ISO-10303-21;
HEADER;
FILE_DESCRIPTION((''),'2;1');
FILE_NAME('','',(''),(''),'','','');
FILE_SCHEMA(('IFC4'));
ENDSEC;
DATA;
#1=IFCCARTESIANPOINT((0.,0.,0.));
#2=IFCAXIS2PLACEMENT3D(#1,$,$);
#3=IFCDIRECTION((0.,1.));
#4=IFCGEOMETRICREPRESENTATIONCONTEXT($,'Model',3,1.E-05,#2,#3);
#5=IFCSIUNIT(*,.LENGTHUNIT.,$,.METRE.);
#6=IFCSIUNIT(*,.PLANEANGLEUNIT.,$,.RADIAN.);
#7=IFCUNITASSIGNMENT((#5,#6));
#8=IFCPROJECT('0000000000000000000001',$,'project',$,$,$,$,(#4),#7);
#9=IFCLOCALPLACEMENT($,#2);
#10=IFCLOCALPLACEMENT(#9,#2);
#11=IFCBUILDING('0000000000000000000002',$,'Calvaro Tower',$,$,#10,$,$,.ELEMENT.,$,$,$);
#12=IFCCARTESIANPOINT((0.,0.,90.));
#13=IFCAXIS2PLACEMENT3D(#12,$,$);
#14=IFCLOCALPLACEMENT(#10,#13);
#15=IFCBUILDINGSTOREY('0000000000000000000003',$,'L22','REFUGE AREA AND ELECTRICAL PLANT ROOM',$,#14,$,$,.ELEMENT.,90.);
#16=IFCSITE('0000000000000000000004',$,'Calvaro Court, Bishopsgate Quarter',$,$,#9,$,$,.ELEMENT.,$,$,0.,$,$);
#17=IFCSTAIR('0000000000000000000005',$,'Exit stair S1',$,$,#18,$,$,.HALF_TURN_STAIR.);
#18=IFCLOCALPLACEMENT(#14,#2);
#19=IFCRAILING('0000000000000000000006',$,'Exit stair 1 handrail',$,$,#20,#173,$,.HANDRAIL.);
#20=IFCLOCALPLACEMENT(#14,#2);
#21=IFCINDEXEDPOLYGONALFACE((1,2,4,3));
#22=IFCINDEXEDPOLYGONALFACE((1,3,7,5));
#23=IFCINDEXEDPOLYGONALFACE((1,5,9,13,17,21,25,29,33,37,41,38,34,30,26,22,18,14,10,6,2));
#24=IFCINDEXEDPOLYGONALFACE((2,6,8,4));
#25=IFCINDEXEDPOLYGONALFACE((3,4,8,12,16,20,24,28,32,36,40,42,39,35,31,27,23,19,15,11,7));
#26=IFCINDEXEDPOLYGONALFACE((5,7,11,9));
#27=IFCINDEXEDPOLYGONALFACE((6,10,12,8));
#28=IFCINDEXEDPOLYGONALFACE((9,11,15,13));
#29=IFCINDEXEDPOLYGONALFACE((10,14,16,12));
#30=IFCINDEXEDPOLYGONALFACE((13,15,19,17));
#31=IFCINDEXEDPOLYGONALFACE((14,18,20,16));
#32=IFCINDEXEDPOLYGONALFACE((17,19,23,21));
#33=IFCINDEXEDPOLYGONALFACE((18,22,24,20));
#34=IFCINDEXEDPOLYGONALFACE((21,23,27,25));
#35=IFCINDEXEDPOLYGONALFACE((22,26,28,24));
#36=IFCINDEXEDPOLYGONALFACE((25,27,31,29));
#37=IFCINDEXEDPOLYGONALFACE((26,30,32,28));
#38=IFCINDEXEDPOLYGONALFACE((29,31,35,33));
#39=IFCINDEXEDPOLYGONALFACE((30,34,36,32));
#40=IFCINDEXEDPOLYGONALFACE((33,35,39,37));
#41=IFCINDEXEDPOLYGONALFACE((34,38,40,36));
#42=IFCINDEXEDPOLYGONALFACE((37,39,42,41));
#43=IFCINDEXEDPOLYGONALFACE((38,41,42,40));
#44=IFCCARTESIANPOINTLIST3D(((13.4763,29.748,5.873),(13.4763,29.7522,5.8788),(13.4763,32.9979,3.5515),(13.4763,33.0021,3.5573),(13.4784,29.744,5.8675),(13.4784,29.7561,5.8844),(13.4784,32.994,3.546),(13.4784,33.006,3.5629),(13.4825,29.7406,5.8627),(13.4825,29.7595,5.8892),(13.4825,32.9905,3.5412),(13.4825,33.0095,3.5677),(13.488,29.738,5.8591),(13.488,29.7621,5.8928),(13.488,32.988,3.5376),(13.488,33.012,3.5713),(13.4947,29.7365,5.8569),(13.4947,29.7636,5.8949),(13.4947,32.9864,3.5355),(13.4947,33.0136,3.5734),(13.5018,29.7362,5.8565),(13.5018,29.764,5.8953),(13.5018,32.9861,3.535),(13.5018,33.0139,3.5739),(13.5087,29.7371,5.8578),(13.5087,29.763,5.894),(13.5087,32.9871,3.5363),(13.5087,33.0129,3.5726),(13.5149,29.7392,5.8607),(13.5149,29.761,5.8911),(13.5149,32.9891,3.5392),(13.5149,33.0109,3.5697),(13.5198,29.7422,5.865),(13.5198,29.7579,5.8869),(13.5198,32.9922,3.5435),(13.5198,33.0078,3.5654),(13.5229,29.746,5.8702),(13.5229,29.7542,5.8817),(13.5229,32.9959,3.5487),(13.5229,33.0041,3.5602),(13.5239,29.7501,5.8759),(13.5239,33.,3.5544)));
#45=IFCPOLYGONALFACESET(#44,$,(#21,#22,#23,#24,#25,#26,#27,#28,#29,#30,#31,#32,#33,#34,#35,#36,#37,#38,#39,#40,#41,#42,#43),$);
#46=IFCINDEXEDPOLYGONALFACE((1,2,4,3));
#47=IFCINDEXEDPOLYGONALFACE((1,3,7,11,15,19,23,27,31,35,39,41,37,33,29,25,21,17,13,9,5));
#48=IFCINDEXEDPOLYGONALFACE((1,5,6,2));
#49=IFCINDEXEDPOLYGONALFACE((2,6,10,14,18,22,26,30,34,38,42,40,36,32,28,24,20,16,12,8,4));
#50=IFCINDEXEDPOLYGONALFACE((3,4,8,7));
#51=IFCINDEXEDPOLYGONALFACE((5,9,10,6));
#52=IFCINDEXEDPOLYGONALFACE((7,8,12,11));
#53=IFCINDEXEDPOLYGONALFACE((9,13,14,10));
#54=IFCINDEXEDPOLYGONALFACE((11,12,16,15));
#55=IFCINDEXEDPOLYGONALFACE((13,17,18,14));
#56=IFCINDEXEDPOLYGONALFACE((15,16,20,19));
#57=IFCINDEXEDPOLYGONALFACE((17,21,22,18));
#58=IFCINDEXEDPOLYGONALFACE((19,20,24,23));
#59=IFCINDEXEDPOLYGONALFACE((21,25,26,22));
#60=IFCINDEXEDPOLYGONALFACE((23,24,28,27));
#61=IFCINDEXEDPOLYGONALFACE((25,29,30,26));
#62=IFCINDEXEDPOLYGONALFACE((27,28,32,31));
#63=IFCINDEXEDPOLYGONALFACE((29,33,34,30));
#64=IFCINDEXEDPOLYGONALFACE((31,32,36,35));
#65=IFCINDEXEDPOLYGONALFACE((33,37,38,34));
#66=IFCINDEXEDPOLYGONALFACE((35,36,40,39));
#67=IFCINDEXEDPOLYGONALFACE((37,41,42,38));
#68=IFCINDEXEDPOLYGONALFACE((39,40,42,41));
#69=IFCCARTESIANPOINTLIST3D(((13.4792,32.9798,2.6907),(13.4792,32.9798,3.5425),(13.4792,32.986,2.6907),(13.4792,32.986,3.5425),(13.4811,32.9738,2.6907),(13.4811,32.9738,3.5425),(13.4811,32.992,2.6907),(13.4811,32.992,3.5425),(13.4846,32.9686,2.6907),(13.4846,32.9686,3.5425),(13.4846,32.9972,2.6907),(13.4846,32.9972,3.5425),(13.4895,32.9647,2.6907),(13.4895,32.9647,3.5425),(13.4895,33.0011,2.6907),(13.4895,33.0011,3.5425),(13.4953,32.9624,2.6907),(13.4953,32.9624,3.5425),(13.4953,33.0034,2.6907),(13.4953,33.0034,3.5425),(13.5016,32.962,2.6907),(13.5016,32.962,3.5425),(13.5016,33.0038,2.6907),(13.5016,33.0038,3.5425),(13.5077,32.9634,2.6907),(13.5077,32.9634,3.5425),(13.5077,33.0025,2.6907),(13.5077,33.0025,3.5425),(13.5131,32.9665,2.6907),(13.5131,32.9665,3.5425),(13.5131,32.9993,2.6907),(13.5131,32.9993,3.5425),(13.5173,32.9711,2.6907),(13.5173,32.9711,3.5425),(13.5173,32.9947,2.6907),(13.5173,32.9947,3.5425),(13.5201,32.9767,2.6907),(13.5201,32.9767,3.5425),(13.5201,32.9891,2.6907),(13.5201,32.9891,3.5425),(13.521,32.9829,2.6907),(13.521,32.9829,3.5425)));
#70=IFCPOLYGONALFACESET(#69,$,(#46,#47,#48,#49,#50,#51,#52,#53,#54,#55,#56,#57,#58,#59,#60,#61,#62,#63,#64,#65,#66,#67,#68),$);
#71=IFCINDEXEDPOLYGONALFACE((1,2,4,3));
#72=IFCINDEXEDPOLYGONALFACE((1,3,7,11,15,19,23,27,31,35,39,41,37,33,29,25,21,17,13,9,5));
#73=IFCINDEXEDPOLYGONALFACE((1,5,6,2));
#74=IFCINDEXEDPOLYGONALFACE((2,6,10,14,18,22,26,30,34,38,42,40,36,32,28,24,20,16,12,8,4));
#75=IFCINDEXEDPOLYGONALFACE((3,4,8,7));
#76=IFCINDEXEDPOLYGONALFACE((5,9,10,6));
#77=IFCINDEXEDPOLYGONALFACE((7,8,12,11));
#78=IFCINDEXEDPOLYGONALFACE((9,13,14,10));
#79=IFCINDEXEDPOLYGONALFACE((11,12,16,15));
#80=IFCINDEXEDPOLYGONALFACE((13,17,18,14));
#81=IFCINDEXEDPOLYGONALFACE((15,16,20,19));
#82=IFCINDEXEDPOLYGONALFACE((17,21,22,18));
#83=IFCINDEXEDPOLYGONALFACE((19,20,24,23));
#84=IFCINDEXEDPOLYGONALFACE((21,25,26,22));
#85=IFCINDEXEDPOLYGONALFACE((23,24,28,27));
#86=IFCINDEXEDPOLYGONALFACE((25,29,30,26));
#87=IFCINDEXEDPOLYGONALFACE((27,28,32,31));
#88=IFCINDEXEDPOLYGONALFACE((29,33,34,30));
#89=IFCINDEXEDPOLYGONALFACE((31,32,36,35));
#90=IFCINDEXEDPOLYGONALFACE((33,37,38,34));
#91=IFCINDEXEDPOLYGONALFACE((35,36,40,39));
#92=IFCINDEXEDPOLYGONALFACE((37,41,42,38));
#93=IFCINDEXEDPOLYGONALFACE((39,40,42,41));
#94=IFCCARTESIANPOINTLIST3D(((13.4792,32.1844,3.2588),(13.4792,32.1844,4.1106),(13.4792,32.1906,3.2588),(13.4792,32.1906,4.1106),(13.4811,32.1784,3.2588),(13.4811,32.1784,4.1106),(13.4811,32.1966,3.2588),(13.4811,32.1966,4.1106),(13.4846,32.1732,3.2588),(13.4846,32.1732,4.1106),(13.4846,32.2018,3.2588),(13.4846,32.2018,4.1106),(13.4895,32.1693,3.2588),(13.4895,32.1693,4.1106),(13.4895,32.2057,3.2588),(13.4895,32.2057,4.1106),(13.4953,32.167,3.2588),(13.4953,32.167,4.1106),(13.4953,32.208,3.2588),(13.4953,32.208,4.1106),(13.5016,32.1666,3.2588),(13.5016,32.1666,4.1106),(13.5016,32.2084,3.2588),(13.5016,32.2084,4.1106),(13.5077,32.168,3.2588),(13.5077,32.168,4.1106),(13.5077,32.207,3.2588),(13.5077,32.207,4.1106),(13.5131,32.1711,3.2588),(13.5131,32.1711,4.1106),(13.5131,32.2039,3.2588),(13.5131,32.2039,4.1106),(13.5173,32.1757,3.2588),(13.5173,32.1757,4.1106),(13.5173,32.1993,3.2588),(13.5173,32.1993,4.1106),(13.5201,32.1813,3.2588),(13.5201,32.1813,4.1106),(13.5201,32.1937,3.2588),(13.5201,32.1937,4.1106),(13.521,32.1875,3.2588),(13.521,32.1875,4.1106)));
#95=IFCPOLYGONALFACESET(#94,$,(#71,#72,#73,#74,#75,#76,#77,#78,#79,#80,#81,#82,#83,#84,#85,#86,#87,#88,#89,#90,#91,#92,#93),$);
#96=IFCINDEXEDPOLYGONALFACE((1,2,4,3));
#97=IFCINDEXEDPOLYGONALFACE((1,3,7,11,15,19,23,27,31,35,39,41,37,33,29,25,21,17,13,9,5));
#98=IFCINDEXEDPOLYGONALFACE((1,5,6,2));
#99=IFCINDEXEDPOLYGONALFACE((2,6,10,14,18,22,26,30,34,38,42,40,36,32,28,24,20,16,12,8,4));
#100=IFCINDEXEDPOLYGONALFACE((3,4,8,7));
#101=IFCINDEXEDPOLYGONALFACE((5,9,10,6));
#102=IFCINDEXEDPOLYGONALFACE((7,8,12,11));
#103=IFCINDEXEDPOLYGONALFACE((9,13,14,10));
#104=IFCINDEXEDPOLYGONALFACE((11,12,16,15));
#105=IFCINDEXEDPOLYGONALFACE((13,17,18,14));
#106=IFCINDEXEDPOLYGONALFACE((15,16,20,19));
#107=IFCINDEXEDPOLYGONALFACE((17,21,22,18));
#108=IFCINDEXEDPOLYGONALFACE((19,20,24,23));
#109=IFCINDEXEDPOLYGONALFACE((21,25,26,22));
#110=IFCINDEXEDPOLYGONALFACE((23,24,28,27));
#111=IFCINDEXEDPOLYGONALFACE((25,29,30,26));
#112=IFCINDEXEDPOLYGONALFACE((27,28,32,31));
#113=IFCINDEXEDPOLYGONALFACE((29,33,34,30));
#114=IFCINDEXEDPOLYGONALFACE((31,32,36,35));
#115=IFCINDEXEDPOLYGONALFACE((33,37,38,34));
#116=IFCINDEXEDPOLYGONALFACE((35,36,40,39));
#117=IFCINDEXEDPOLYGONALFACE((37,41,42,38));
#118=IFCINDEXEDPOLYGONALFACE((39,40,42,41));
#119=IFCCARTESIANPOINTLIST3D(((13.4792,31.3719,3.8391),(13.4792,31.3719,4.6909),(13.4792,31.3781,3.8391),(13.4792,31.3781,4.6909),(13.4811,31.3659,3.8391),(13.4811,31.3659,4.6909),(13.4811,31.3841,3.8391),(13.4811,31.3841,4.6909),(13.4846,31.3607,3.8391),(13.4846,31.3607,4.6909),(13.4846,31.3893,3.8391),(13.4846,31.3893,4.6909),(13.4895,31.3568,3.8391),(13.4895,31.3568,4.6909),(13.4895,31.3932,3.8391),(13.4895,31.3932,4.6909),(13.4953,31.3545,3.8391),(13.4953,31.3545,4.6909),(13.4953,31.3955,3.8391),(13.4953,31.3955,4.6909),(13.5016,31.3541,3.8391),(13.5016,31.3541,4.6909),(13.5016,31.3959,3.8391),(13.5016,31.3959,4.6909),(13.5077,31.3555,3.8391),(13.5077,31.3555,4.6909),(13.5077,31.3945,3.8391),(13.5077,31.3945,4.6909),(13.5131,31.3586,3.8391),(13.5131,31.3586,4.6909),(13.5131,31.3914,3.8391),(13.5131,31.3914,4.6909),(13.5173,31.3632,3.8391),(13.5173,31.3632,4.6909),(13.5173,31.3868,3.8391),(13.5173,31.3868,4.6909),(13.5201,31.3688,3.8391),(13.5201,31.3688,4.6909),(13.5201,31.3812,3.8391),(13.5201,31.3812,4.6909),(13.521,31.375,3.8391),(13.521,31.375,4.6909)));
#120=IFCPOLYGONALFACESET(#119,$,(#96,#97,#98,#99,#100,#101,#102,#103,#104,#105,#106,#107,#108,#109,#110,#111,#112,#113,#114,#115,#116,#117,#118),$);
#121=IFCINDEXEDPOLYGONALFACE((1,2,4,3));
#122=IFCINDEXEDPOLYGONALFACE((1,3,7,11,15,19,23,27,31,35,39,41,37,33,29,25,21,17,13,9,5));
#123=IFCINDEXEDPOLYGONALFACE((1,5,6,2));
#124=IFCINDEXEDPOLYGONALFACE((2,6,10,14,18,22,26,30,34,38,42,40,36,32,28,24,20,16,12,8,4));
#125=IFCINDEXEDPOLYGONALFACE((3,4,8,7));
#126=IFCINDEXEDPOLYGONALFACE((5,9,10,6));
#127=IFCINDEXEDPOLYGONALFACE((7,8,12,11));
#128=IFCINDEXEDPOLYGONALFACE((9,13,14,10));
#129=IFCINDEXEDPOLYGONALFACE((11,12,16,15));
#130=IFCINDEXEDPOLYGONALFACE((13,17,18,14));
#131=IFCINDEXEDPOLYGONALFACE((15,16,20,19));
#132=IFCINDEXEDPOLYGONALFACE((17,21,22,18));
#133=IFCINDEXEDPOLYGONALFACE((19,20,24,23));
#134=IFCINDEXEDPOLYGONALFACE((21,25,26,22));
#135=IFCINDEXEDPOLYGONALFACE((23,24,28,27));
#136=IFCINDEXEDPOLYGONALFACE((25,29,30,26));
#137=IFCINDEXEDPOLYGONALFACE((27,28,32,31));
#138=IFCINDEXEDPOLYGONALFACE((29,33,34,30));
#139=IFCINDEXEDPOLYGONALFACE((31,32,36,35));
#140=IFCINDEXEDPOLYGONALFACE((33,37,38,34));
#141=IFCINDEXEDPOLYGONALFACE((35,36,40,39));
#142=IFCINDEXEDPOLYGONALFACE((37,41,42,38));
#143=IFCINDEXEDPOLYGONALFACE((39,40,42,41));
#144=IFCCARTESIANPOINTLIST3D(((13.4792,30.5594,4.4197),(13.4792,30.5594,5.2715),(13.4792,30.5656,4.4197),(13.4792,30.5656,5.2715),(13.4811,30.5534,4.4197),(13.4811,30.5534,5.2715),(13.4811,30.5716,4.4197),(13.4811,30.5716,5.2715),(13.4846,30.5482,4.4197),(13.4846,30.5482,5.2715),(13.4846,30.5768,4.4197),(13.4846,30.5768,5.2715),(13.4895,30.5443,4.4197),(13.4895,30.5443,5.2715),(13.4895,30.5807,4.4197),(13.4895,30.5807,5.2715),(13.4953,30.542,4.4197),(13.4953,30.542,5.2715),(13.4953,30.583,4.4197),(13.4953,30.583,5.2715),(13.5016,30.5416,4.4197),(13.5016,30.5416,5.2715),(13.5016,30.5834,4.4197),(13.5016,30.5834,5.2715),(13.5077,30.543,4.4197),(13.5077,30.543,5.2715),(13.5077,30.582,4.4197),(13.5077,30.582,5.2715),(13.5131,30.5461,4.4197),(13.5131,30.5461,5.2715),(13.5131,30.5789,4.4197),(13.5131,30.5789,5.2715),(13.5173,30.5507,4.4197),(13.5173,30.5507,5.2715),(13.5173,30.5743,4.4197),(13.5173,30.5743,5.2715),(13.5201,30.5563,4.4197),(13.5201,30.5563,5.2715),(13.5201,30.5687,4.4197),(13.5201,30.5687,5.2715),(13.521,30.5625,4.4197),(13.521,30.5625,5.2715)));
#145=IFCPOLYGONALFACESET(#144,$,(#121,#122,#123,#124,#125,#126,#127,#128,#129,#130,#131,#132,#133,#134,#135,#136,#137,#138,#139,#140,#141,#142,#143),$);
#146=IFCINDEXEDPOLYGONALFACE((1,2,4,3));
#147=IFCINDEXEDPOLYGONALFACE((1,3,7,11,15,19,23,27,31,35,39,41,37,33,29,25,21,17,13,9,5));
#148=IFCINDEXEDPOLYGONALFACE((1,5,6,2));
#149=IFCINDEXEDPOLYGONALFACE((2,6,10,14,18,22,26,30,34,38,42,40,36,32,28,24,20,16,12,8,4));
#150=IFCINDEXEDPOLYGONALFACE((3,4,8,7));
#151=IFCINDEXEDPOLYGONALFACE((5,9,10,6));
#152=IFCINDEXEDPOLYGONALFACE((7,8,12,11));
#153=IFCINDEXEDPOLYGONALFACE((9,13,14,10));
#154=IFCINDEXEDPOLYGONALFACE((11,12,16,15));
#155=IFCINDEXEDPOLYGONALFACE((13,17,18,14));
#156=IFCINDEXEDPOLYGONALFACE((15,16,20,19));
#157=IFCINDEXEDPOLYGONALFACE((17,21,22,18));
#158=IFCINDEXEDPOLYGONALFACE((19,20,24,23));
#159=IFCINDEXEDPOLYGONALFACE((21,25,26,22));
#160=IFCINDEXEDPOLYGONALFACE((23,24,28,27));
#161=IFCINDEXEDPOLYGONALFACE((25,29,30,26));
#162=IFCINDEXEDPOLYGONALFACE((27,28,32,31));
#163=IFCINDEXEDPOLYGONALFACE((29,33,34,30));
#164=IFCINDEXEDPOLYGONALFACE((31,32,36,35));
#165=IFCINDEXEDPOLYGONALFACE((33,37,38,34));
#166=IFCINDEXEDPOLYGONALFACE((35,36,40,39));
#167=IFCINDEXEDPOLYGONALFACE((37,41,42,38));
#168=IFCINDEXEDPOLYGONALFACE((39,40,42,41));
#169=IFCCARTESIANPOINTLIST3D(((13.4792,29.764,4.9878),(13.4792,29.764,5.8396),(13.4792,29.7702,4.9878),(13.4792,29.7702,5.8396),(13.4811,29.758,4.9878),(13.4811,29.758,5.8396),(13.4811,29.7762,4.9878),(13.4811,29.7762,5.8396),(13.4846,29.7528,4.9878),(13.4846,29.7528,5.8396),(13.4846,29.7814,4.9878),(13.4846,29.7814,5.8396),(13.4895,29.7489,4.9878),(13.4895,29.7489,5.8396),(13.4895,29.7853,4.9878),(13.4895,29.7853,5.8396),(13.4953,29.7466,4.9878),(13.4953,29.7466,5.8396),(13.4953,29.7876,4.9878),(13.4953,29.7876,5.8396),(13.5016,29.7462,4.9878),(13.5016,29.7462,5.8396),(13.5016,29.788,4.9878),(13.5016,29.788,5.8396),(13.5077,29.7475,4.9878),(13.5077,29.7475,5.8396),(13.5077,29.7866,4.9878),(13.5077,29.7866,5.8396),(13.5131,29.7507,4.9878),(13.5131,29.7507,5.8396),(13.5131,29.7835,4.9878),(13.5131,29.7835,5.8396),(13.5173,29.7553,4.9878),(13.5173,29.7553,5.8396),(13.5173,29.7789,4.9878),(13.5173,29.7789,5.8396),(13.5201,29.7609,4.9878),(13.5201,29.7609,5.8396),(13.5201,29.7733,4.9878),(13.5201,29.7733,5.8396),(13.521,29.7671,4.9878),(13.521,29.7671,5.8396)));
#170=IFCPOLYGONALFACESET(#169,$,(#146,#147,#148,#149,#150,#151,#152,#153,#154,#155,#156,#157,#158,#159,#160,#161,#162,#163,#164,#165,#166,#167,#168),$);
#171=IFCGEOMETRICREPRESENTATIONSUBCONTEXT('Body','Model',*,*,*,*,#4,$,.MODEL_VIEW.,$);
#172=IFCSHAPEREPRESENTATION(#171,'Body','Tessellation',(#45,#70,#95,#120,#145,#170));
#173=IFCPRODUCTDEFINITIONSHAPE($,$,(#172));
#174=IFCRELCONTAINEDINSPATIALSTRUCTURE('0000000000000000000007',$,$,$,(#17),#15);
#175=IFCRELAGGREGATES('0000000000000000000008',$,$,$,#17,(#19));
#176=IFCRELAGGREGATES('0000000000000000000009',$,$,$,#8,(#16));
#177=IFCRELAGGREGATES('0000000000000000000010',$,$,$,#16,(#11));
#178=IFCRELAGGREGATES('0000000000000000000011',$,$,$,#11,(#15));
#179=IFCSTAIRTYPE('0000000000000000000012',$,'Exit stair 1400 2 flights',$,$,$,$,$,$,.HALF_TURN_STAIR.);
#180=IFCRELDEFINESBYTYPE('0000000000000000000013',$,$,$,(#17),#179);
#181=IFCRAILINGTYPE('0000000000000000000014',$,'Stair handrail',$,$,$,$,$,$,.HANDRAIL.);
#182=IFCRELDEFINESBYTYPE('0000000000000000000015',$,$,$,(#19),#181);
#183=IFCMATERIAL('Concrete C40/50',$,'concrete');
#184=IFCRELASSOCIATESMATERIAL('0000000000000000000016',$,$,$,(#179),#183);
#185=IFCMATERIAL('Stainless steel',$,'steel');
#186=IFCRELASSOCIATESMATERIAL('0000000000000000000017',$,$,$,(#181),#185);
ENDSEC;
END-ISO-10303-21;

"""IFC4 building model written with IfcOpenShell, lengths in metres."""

from ifc_helpers import new_model, si_unit, direction, frame, origin, origin_2d, place, context, subcontext, project, spatial, circle, extrude, material, type_object, element, aggregate, save


model = new_model("IFC4")

# Units and contexts
model_context = context("Model", 3, precision=1e-05, world=origin(), true_north=direction((0.0, 1.0)))
body_context = subcontext(model_context, "Body", "Model", "MODEL_VIEW")
ifc_project = project(units=[si_unit("LENGTHUNIT", "METRE"), si_unit("PLANEANGLEUNIT", "RADIAN")], contexts=[model_context])

# Site, building, storey
site_placement = place(None, origin())
site = spatial("IfcSite", under=ifc_project, at=site_placement, Name="Calvaro Court, Bishopsgate Quarter", CompositionType="ELEMENT", RefElevation=0.0)
building_placement = place(site_placement, origin())
building = spatial("IfcBuilding", under=site, at=building_placement, Name="Calvaro Tower", CompositionType="ELEMENT")
storey_placement = place(building_placement, frame((0.0, 0.0, 90.0)))
storey = spatial("IfcBuildingStorey", under=building, at=storey_placement, Name="L22", Description="REFUGE AREA AND ELECTRICAL PLANT ROOM", CompositionType="ELEMENT", Elevation=90.0)

# Stair
ifc_material_1 = material(Name="Concrete C40/50", Category="concrete")
stair_type = type_object("IfcStairType", Name="Exit stair 1400 2 flights", PredefinedType="HALF_TURN_STAIR", material=ifc_material_1)
stair_placement = place(storey_placement, origin())
stair = element("IfcStair", 1, at=stair_placement, inside=storey, type_object=stair_type, Name="Exit stair S1", PredefinedType="HALF_TURN_STAIR")

# Railing
ifc_material_2 = material(Name="Stainless steel", Category="steel")
railing_type = type_object("IfcRailingType", Name="Stair handrail", PredefinedType="HANDRAIL", material=ifc_material_2)
railing_1_placement = place(storey_placement, frame((13.5, 33.0, 2.6785)))
railing_1 = element("IfcRailing", 2, at=railing_1_placement, type_object=railing_type, Name="Exit stair 1 handrail", PredefinedType="HANDRAIL", context=body_context, shape_type="SweptSolid", body=[
    extrude(circle(Radius=0.0239, at=origin_2d()), frame((0.0, 0.0, 0.876), z_axis=(0.0, -0.813721, 0.581256), x_axis=(1.0, 0.0, 0.0)), (0.0, 0.0, 1.0), 3.9939),
    extrude(circle(Radius=0.021, at=origin_2d()), frame((0.0, -0.0171, 0.0122)), (0.0, 0.0, 1.0), 0.8518),
    extrude(circle(Radius=0.021, at=origin_2d()), frame((0.0, -0.8125, 0.5803)), (0.0, 0.0, 1.0), 0.8518),
    extrude(circle(Radius=0.021, at=origin_2d()), frame((0.0, -1.625, 1.1606)), (0.0, 0.0, 1.0), 0.8518),
    extrude(circle(Radius=0.021, at=origin_2d()), frame((0.0, -2.4375, 1.7412)), (0.0, 0.0, 1.0), 0.8518),
    extrude(circle(Radius=0.021, at=origin_2d()), frame((0.0, -3.2329, 2.3093)), (0.0, 0.0, 1.0), 0.8518),
])
aggregate(stair, [railing_1])

save(model, "model.ifc")
